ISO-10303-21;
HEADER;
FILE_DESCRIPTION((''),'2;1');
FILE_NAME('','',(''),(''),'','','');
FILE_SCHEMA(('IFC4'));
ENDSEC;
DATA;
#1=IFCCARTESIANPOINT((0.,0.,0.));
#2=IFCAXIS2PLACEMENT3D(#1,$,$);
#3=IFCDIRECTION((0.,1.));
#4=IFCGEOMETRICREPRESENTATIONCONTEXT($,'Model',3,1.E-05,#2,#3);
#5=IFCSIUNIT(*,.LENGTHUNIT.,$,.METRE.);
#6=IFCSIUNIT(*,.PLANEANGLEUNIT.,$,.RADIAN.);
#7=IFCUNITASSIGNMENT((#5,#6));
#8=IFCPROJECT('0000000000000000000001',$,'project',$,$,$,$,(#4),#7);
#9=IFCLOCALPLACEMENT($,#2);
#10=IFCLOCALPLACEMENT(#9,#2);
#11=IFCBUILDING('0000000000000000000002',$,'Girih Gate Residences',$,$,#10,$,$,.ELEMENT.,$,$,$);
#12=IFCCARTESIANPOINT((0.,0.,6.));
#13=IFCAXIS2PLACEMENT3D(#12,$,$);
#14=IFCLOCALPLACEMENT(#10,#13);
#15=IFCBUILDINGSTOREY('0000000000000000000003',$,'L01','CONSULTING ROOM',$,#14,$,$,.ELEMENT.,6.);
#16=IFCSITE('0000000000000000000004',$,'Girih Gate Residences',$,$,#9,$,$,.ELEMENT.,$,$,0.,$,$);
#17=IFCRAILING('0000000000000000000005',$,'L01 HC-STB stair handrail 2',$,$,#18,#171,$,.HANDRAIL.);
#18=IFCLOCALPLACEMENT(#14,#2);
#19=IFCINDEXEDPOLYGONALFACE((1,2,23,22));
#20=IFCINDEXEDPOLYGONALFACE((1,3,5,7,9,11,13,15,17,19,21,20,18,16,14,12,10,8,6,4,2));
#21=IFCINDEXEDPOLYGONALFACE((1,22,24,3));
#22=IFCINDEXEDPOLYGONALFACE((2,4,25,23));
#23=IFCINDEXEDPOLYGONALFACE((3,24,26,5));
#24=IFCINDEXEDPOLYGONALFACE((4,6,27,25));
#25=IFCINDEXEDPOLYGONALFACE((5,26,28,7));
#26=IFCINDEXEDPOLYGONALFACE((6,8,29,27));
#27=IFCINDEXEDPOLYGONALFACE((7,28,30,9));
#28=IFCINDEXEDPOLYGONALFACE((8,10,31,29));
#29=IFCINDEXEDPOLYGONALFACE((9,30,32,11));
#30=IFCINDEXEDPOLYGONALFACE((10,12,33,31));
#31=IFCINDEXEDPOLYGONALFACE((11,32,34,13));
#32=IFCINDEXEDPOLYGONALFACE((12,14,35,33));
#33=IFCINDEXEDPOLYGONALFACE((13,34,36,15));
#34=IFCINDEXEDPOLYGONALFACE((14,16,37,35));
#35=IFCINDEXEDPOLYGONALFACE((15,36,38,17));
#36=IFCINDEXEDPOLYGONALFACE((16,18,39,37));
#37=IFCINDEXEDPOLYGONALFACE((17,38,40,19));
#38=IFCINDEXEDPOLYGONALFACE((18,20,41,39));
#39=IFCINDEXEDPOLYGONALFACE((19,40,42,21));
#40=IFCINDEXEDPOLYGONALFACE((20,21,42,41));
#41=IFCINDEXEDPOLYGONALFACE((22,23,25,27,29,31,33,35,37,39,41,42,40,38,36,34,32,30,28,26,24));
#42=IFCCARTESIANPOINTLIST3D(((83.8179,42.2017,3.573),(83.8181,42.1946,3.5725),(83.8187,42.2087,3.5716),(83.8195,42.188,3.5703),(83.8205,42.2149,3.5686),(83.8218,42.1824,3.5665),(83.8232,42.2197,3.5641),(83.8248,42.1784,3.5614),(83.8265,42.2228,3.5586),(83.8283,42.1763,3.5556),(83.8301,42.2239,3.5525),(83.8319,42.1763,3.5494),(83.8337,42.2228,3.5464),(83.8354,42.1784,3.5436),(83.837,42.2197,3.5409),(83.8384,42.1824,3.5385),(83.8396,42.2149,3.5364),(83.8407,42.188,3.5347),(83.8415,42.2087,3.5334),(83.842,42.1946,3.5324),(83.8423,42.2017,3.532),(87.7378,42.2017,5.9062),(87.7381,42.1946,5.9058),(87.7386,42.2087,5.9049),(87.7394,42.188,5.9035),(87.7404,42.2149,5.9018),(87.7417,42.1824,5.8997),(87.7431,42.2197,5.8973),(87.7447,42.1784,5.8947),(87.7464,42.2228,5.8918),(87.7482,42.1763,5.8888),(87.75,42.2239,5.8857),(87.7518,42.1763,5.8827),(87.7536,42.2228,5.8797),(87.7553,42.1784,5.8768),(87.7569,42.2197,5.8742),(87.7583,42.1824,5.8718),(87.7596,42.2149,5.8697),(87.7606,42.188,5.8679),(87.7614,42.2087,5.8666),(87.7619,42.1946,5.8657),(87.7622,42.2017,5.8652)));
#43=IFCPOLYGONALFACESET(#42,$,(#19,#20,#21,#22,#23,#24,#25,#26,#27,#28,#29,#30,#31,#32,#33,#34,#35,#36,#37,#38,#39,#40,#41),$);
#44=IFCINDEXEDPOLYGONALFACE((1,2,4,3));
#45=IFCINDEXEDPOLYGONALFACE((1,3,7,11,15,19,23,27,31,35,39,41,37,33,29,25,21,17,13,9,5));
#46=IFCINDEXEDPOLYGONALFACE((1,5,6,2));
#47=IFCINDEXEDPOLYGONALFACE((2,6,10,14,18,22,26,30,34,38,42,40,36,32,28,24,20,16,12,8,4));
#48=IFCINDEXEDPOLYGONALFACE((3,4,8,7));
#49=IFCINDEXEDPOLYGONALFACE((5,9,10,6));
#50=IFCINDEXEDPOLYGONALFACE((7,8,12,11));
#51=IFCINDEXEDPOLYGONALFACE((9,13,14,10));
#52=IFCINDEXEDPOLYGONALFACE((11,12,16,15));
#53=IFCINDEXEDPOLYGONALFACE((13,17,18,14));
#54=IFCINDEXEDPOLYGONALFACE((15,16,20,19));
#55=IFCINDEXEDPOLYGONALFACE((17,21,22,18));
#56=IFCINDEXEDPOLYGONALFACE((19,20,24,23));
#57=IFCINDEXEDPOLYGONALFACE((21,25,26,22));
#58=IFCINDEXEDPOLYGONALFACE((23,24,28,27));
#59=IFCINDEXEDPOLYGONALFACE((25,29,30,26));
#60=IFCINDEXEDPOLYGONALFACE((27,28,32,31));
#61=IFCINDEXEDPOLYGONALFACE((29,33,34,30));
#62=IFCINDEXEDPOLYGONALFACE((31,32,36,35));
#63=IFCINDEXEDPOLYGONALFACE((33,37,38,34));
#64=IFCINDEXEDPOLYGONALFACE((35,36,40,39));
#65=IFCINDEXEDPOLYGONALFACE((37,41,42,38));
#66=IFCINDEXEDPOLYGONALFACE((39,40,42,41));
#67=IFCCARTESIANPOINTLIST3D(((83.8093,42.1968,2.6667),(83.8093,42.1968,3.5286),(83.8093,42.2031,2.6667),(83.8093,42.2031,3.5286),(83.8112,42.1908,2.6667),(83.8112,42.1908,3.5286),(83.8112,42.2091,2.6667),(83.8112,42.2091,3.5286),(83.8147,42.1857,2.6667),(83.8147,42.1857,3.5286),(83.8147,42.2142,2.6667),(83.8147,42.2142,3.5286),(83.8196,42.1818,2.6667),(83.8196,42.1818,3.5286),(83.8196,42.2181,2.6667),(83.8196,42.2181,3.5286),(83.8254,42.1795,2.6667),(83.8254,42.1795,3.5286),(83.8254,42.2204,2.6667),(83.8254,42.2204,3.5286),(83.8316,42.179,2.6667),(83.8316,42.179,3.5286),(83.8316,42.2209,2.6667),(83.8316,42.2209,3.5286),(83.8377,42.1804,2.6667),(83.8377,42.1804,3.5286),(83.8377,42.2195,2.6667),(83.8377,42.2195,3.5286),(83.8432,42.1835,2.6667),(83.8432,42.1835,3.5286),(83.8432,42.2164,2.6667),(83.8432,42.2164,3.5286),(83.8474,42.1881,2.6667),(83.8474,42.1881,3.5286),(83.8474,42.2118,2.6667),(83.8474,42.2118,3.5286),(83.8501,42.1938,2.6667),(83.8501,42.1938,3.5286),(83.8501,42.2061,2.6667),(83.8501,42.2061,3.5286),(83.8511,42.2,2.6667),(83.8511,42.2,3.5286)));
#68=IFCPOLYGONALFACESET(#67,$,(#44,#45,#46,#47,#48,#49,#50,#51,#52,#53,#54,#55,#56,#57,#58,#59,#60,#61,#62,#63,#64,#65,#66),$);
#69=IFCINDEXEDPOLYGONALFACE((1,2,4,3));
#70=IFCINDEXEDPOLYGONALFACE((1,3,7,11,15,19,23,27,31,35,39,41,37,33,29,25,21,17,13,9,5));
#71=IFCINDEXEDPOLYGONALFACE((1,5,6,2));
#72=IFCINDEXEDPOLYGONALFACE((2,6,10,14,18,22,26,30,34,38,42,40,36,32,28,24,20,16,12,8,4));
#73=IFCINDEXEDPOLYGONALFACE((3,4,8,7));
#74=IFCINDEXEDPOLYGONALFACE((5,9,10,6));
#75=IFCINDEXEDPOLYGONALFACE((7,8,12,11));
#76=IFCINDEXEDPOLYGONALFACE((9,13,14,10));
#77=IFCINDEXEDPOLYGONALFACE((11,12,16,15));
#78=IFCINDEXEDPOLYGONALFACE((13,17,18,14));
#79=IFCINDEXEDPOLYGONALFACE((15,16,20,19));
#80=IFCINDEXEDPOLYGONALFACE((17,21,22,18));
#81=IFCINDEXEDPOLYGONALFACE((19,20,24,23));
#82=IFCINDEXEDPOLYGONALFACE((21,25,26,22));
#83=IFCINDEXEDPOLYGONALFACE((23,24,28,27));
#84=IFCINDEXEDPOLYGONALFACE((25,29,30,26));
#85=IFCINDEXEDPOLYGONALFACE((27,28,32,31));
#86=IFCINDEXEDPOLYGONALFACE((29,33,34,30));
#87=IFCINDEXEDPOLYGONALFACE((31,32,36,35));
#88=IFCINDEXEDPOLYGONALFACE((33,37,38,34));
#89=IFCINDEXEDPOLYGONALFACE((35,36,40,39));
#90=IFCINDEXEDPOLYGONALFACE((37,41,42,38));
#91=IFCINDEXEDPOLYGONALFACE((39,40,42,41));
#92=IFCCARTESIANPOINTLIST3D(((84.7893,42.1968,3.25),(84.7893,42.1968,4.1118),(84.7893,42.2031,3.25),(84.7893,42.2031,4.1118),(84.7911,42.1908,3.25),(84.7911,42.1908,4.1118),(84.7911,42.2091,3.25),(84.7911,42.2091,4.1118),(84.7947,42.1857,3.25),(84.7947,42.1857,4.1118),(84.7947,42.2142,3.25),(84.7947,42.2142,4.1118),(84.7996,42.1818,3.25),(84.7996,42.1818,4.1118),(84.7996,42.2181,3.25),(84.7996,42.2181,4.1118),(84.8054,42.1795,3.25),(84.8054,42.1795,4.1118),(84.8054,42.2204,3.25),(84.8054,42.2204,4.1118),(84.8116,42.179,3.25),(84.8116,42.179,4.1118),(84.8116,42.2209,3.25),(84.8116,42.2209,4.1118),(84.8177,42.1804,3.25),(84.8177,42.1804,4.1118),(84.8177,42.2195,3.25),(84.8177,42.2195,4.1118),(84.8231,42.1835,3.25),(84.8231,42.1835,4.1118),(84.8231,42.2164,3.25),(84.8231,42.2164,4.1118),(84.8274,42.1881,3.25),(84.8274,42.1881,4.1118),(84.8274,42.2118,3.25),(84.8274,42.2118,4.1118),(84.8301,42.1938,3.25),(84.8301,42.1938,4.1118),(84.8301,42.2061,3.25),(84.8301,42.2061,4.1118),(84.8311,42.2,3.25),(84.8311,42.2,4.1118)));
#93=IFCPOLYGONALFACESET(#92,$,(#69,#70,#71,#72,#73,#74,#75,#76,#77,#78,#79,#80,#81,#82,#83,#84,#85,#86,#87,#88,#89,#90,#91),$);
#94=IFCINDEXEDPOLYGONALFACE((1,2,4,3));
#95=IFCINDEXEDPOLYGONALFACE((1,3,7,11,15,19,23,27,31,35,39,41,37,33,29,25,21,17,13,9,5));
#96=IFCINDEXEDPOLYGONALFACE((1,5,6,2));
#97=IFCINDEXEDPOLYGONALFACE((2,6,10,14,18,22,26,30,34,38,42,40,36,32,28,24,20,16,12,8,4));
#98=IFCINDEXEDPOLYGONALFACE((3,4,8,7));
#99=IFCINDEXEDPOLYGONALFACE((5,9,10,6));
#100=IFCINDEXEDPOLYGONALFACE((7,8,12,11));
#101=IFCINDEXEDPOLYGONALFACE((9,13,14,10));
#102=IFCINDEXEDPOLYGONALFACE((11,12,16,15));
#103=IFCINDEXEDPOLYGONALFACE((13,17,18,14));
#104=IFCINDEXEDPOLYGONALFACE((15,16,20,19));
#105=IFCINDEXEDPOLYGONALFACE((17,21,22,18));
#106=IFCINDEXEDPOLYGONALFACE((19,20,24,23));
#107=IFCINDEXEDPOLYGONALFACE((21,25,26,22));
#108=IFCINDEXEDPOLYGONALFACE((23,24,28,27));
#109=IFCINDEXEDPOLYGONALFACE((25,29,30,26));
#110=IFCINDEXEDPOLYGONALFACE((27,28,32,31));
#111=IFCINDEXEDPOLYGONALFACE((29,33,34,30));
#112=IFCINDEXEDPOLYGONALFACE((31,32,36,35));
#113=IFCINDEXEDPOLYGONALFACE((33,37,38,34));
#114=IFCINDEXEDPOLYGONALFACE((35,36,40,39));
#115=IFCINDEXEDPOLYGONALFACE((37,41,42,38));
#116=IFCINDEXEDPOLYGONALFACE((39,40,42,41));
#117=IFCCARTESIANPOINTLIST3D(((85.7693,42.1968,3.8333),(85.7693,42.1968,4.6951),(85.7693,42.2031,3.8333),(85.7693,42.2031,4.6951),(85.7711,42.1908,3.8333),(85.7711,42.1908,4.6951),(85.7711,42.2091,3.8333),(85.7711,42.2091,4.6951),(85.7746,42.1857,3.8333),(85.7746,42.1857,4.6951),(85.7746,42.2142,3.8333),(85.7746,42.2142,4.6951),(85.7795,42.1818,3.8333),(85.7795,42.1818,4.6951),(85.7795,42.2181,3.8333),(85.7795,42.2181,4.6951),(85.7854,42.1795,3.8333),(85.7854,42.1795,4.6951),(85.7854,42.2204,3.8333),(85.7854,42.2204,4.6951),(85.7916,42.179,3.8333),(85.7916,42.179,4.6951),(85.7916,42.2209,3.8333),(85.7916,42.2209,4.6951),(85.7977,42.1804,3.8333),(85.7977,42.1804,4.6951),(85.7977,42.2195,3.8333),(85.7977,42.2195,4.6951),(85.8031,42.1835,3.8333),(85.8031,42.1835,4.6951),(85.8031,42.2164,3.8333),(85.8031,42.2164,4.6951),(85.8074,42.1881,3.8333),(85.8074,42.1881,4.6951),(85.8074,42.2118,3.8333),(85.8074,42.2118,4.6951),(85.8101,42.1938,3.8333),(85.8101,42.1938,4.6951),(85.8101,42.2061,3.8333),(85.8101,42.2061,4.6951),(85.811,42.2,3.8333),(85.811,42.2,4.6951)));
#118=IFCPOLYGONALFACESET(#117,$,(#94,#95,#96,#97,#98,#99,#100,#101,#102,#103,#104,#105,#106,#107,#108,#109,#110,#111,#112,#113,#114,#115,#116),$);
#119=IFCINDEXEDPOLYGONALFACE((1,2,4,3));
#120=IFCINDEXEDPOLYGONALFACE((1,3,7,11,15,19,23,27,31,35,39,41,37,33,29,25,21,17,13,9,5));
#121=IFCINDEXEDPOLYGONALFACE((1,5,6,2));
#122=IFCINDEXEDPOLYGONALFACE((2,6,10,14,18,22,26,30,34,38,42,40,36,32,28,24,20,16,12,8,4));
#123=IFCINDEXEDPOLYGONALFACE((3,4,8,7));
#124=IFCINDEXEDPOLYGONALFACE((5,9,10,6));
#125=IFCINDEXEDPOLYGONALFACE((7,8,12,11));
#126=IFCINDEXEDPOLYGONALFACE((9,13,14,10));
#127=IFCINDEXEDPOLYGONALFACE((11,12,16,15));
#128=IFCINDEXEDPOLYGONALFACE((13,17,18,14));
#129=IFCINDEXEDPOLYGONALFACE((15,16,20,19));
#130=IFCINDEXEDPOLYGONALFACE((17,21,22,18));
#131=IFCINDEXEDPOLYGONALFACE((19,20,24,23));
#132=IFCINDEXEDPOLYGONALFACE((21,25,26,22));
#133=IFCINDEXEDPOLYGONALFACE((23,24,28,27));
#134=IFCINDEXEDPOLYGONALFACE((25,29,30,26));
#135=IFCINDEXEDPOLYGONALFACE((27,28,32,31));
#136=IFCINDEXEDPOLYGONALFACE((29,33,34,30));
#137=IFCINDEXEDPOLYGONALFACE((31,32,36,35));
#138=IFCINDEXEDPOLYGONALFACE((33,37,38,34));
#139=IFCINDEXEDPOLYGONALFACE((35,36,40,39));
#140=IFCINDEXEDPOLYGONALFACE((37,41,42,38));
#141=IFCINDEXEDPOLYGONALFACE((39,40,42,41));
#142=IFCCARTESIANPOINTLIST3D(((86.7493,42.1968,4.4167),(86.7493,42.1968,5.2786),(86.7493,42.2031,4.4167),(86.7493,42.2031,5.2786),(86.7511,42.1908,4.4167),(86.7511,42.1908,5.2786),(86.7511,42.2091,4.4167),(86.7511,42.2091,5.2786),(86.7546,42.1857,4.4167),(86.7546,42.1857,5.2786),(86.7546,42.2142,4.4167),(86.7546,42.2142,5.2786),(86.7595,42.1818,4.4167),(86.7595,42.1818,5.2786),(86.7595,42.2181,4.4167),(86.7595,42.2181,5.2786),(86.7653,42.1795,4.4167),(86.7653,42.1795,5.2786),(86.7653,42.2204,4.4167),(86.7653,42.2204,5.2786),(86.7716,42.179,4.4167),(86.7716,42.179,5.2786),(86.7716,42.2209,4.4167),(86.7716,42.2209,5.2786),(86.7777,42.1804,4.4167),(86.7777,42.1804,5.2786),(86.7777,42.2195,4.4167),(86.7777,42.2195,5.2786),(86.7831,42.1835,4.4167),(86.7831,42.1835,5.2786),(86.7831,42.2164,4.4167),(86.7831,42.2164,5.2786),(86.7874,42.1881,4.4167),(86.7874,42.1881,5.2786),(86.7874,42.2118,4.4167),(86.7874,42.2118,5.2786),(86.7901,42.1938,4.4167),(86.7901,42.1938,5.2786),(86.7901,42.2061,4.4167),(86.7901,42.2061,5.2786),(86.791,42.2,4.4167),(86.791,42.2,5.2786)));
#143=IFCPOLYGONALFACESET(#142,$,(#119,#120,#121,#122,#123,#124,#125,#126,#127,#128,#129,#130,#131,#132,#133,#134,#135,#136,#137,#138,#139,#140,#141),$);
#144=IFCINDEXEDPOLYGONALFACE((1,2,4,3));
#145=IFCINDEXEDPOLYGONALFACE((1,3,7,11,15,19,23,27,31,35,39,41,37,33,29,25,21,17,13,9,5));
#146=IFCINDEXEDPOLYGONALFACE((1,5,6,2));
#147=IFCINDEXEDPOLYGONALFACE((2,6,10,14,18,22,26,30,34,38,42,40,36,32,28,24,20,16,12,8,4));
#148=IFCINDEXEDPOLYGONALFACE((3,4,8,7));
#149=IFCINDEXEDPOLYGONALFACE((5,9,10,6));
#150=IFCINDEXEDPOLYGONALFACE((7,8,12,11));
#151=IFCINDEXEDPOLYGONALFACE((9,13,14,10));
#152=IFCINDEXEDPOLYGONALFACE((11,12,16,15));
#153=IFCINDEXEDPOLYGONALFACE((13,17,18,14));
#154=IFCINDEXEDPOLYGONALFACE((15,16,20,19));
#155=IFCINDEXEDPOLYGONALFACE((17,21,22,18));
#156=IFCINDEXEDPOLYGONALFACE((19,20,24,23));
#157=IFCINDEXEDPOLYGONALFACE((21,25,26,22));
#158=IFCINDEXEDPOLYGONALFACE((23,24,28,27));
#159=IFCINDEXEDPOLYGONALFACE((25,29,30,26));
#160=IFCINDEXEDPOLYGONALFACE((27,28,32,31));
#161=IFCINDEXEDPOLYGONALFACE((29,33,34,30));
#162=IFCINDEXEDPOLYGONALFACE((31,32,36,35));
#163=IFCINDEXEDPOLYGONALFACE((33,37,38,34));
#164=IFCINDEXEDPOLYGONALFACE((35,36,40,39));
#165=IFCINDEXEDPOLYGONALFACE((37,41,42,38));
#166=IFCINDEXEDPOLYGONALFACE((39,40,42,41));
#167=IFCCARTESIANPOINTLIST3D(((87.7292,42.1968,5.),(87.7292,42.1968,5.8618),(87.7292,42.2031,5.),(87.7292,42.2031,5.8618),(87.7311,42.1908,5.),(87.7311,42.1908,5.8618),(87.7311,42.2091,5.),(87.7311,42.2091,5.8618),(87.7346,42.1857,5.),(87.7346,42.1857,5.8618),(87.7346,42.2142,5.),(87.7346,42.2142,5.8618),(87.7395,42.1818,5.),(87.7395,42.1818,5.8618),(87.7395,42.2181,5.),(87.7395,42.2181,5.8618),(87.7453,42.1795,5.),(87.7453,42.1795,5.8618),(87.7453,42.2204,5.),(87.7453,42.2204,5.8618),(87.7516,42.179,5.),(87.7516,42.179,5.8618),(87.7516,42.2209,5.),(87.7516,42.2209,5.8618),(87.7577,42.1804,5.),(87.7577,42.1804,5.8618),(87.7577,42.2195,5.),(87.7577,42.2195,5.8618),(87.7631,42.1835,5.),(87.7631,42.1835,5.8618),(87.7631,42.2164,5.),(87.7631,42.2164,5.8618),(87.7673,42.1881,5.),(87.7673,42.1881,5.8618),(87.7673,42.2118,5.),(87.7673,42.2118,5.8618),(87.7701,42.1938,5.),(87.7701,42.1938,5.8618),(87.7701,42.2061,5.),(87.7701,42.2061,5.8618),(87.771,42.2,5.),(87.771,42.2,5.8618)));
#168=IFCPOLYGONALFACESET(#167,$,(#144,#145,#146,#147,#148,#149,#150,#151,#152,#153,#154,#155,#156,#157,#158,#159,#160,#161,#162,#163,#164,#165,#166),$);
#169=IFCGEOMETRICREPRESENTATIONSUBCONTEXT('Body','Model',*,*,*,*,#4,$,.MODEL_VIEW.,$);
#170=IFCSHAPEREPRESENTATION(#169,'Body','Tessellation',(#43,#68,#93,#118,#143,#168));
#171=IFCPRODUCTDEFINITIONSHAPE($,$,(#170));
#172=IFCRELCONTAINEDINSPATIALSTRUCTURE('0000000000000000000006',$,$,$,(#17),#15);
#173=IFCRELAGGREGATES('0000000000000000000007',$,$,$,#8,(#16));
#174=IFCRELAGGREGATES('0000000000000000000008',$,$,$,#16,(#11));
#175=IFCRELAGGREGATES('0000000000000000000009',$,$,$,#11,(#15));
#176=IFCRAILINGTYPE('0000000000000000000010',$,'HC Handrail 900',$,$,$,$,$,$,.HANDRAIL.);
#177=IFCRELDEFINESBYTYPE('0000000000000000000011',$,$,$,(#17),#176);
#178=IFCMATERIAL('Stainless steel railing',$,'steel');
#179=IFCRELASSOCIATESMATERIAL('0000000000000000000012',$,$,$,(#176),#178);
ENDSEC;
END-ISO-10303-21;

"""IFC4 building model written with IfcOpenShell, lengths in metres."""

from ifc_helpers import new_model, si_unit, direction, frame, origin, origin_2d, place, context, subcontext, project, spatial, circle, extrude, material, type_object, element, save


model = new_model("IFC4")

# Units and contexts
model_context = context("Model", 3, precision=1e-05, world=origin(), true_north=direction((0.0, 1.0)))
body_context = subcontext(model_context, "Body", "Model", "MODEL_VIEW")
ifc_project = project(units=[si_unit("LENGTHUNIT", "METRE"), si_unit("PLANEANGLEUNIT", "RADIAN")], contexts=[model_context])

# Site, building, storey
site_placement = place(None, origin())
site = spatial("IfcSite", under=ifc_project, at=site_placement, Name="Girih Gate Residences", CompositionType="ELEMENT", RefElevation=0.0)
building_placement = place(site_placement, origin())
building = spatial("IfcBuilding", under=site, at=building_placement, Name="Girih Gate Residences", CompositionType="ELEMENT")
storey_placement = place(building_placement, frame((0.0, 0.0, 6.0)))
storey = spatial("IfcBuildingStorey", under=building, at=storey_placement, Name="L01", Description="CONSULTING ROOM", CompositionType="ELEMENT", Elevation=6.0)

# Railing
ifc_material_1 = material(Name="Stainless steel railing", Category="steel")
railing_type_1 = type_object("IfcRailingType", Name="HC Handrail 900", PredefinedType="HANDRAIL", material=ifc_material_1)
railing_1_placement = place(storey_placement, frame((83.8301, 42.2, 2.6667)))
element("IfcRailing", 1, at=railing_1_placement, inside=storey, type_object=railing_type_1, Name="L01 HC-STB stair handrail 2", PredefinedType="HANDRAIL", context=body_context, shape_type="SweptSolid", body=[
    extrude(circle(Radius=0.0239, at=origin_2d()), frame((0.0, 0.0, 0.8857), z_axis=(0.859296, 0.0, 0.511478), x_axis=(0.0, 1.0, 0.0)), (0.0, 0.0, 1.0), 4.5618),
    extrude(circle(Radius=0.021, at=origin_2d()), origin(), (0.0, 0.0, 1.0), 0.8618),
    extrude(circle(Radius=0.021, at=origin_2d()), frame((0.98, 0.0, 0.5833)), (0.0, 0.0, 1.0), 0.8618),
    extrude(circle(Radius=0.021, at=origin_2d()), frame((1.96, 0.0, 1.1665)), (0.0, 0.0, 1.0), 0.8618),
    extrude(circle(Radius=0.021, at=origin_2d()), frame((2.9399, 0.0, 1.75)), (0.0, 0.0, 1.0), 0.8618),
    extrude(circle(Radius=0.021, at=origin_2d()), frame((3.9199, 0.0, 2.3333)), (0.0, 0.0, 1.0), 0.8618),
])

save(model, "model.ifc")
